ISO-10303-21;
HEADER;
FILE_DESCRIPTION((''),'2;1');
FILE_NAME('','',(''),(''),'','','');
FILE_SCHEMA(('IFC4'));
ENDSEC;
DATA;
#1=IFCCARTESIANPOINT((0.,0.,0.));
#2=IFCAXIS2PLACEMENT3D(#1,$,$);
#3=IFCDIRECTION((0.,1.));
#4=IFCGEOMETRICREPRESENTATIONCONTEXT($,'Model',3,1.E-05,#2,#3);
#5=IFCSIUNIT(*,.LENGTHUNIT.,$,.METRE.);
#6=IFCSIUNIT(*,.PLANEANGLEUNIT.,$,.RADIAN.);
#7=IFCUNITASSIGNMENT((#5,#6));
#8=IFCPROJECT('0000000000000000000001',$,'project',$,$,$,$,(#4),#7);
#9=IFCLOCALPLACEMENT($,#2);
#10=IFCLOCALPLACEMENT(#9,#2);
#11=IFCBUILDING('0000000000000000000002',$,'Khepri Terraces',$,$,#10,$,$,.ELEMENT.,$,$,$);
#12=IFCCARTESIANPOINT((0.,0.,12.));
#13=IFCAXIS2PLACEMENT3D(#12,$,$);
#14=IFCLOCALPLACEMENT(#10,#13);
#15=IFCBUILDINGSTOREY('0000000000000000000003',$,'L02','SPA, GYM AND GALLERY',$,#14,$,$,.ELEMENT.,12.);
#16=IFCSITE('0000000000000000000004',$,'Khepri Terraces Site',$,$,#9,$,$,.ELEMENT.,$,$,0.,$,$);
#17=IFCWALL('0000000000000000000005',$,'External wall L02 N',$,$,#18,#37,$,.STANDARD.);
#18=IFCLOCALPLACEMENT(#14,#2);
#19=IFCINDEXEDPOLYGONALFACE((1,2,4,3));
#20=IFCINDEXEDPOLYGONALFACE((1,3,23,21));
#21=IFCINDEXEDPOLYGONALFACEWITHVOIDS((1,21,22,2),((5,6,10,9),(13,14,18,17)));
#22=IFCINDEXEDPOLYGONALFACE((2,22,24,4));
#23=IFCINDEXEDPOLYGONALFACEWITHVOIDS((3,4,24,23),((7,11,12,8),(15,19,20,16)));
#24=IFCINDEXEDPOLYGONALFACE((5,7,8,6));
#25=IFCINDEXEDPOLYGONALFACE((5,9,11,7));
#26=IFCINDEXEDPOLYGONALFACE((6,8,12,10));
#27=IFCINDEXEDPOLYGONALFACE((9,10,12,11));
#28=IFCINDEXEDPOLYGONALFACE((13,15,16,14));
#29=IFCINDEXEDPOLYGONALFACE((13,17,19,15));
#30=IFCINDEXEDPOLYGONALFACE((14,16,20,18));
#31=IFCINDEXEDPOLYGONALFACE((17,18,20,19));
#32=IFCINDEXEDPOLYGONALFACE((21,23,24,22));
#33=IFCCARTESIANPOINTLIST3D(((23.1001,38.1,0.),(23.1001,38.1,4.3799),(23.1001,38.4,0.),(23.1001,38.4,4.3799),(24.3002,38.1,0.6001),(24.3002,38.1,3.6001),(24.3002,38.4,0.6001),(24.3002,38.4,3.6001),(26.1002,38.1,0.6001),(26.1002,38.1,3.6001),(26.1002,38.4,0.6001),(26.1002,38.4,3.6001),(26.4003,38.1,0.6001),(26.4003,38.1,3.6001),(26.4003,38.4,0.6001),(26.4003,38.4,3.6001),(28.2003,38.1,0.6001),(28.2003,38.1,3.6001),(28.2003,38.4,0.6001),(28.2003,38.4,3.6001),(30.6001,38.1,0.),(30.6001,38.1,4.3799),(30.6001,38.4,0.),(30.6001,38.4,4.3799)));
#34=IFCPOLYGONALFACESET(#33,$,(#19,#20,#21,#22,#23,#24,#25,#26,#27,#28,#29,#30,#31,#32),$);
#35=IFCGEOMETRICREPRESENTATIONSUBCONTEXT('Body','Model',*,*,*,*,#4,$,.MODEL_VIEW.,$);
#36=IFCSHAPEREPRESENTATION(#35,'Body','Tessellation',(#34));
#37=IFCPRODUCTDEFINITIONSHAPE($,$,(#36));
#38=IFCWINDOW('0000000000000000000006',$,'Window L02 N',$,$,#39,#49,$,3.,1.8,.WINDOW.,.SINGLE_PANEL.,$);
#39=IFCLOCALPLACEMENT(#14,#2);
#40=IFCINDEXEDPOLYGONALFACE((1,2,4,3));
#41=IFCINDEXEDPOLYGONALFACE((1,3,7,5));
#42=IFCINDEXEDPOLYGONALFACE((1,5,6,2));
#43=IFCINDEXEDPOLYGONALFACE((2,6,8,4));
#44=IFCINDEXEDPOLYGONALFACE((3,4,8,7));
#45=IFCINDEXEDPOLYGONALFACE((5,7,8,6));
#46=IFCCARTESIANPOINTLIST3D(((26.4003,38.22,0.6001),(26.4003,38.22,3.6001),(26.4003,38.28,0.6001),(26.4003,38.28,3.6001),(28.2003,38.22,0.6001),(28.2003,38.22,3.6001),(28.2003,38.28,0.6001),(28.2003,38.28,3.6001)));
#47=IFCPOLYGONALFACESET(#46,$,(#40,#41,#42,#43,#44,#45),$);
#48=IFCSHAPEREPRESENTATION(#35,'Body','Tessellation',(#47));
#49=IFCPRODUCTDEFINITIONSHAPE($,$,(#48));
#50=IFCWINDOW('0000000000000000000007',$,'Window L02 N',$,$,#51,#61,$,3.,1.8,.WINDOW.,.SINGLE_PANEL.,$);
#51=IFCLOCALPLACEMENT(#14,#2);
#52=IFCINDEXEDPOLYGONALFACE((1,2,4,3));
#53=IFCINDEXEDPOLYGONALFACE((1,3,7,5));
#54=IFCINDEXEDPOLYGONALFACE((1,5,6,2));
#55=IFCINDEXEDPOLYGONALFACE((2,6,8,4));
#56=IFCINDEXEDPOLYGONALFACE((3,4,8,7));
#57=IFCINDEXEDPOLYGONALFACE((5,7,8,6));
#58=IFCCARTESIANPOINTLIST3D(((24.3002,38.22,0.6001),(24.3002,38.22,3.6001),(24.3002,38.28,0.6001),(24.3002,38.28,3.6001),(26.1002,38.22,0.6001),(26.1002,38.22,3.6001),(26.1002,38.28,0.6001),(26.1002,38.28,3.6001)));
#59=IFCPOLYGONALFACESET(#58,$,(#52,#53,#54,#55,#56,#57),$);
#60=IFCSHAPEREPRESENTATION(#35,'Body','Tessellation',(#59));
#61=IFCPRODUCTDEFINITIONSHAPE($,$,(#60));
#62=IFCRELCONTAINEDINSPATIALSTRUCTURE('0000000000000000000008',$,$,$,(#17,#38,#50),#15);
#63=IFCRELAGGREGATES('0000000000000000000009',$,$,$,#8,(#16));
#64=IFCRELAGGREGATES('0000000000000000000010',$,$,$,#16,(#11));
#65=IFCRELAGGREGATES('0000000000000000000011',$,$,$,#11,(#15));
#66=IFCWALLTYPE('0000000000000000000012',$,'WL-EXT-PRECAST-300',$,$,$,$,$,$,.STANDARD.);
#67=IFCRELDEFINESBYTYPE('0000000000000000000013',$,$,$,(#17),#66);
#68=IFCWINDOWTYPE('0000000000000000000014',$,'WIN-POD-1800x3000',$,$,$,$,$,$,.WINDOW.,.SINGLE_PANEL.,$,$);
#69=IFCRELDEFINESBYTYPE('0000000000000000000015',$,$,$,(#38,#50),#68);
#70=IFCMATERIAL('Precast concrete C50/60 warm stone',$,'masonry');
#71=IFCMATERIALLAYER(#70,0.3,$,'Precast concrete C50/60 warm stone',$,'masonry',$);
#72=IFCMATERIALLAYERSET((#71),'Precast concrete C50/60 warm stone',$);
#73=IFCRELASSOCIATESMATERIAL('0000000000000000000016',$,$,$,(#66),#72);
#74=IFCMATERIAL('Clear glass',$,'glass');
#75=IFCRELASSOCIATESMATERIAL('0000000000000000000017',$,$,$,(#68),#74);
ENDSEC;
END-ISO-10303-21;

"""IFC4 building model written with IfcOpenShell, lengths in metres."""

from ifc_helpers import new_model, si_unit, direction, frame, frame_2d, origin, place, context, subcontext, project, spatial, rectangle, extrude, material, layer, layer_set, type_object, element, fill, save


model = new_model("IFC4")

# Units and contexts
model_context = context("Model", 3, precision=1e-05, world=origin(), true_north=direction((0.0, 1.0)))
body_context = subcontext(model_context, "Body", "Model", "MODEL_VIEW")
ifc_project = project(units=[si_unit("LENGTHUNIT", "METRE"), si_unit("PLANEANGLEUNIT", "RADIAN")], contexts=[model_context])

# Site, building, storey
site_placement = place(None, origin())
site = spatial("IfcSite", under=ifc_project, at=site_placement, Name="Khepri Terraces Site", CompositionType="ELEMENT", RefElevation=0.0)
building_placement = place(site_placement, origin())
building = spatial("IfcBuilding", under=site, at=building_placement, Name="Khepri Terraces", CompositionType="ELEMENT")
storey_placement = place(building_placement, frame((0.0, 0.0, 12.0)))
storey = spatial("IfcBuildingStorey", under=building, at=storey_placement, Name="L02", Description="SPA, GYM AND GALLERY", CompositionType="ELEMENT", Elevation=12.0)

# Shared definitions
ifc_material_1 = material(Name="Clear glass", Category="glass")

# Wall, openings, windows
ifc_material_2 = material(Name="Precast concrete C50/60 warm stone", Category="masonry")
ifc_layer_1 = layer(ifc_material_2, 0.3, Name="Precast concrete C50/60 warm stone", Category="masonry")
ifc_layer_set_1 = layer_set([ifc_layer_1], Name="Precast concrete C50/60 warm stone")
wall_type = type_object("IfcWallType", Name="WL-EXT-PRECAST-300", PredefinedType="STANDARD", material=ifc_layer_set_1)
wall_placement = place(storey_placement, frame((30.6001, 38.25, 0.0), z_axis=(0.0, 0.0, 1.0), x_axis=(-1.0, 0.0, 0.0)))
wall = element("IfcWall", 1, at=wall_placement, inside=storey, type_object=wall_type, Name="External wall L02 N", PredefinedType="STANDARD", context=body_context, shape_type="SweptSolid", body=[
    extrude(rectangle(XDim=7.5, YDim=0.3, at=frame_2d((3.75, 0.0))), origin(), (0.0, 0.0, 1.0), 4.3799),
])
opening_1_placement = place(wall_placement, frame((2.3999, 0.0, 0.6001)))
opening_1 = element("IfcOpeningElement", 2, at=opening_1_placement, cuts=wall, PredefinedType="OPENING", context=body_context, shape_type="SweptSolid", body=[
    extrude(rectangle(XDim=1.8, YDim=3.0, at=frame_2d((0.8999, 1.5))), frame((0.0, 0.1602, 0.0), z_axis=(0.0, -1.0, 0.0), x_axis=(1.0, 0.0, 0.0)), (0.0, 0.0, 1.0), 0.3201),
])
opening_2_placement = place(wall_placement, frame((4.5, 0.0, 0.6001)))
opening_2 = element("IfcOpeningElement", 3, at=opening_2_placement, cuts=wall, PredefinedType="OPENING", context=body_context, shape_type="SweptSolid", body=[
    extrude(rectangle(XDim=1.8, YDim=3.0, at=frame_2d((0.8999, 1.5))), frame((0.0, 0.1602, 0.0), z_axis=(0.0, -1.0, 0.0), x_axis=(1.0, 0.0, 0.0)), (0.0, 0.0, 1.0), 0.3201),
])
window_type = type_object("IfcWindowType", Name="WIN-POD-1800x3000", PartitioningType="SINGLE_PANEL", PredefinedType="WINDOW", material=ifc_material_1)
window_1_placement = place(opening_1_placement, origin())
window_1 = element("IfcWindow", 4, at=window_1_placement, inside=storey, type_object=window_type, Name="Window L02 N", OverallHeight=3.0, OverallWidth=1.8, PartitioningType="SINGLE_PANEL", PredefinedType="WINDOW", context=body_context, shape_type="SweptSolid", body=[
    extrude(rectangle(XDim=1.8, YDim=3.0, at=frame_2d((0.8999, 1.5))), frame((0.0, 0.03, 0.0), z_axis=(0.0, -1.0, 0.0), x_axis=(1.0, 0.0, 0.0)), (0.0, 0.0, 1.0), 0.0601),
])
fill(opening_1, window_1)
window_2_placement = place(opening_2_placement, origin())
window_2 = element("IfcWindow", 5, at=window_2_placement, inside=storey, type_object=window_type, Name="Window L02 N", OverallHeight=3.0, OverallWidth=1.8, PartitioningType="SINGLE_PANEL", PredefinedType="WINDOW", context=body_context, shape_type="SweptSolid", body=[
    extrude(rectangle(XDim=1.8, YDim=3.0, at=frame_2d((0.8999, 1.5))), frame((0.0, 0.03, 0.0), z_axis=(0.0, -1.0, 0.0), x_axis=(1.0, 0.0, 0.0)), (0.0, 0.0, 1.0), 0.0601),
])
fill(opening_2, window_2)

save(model, "model.ifc")
